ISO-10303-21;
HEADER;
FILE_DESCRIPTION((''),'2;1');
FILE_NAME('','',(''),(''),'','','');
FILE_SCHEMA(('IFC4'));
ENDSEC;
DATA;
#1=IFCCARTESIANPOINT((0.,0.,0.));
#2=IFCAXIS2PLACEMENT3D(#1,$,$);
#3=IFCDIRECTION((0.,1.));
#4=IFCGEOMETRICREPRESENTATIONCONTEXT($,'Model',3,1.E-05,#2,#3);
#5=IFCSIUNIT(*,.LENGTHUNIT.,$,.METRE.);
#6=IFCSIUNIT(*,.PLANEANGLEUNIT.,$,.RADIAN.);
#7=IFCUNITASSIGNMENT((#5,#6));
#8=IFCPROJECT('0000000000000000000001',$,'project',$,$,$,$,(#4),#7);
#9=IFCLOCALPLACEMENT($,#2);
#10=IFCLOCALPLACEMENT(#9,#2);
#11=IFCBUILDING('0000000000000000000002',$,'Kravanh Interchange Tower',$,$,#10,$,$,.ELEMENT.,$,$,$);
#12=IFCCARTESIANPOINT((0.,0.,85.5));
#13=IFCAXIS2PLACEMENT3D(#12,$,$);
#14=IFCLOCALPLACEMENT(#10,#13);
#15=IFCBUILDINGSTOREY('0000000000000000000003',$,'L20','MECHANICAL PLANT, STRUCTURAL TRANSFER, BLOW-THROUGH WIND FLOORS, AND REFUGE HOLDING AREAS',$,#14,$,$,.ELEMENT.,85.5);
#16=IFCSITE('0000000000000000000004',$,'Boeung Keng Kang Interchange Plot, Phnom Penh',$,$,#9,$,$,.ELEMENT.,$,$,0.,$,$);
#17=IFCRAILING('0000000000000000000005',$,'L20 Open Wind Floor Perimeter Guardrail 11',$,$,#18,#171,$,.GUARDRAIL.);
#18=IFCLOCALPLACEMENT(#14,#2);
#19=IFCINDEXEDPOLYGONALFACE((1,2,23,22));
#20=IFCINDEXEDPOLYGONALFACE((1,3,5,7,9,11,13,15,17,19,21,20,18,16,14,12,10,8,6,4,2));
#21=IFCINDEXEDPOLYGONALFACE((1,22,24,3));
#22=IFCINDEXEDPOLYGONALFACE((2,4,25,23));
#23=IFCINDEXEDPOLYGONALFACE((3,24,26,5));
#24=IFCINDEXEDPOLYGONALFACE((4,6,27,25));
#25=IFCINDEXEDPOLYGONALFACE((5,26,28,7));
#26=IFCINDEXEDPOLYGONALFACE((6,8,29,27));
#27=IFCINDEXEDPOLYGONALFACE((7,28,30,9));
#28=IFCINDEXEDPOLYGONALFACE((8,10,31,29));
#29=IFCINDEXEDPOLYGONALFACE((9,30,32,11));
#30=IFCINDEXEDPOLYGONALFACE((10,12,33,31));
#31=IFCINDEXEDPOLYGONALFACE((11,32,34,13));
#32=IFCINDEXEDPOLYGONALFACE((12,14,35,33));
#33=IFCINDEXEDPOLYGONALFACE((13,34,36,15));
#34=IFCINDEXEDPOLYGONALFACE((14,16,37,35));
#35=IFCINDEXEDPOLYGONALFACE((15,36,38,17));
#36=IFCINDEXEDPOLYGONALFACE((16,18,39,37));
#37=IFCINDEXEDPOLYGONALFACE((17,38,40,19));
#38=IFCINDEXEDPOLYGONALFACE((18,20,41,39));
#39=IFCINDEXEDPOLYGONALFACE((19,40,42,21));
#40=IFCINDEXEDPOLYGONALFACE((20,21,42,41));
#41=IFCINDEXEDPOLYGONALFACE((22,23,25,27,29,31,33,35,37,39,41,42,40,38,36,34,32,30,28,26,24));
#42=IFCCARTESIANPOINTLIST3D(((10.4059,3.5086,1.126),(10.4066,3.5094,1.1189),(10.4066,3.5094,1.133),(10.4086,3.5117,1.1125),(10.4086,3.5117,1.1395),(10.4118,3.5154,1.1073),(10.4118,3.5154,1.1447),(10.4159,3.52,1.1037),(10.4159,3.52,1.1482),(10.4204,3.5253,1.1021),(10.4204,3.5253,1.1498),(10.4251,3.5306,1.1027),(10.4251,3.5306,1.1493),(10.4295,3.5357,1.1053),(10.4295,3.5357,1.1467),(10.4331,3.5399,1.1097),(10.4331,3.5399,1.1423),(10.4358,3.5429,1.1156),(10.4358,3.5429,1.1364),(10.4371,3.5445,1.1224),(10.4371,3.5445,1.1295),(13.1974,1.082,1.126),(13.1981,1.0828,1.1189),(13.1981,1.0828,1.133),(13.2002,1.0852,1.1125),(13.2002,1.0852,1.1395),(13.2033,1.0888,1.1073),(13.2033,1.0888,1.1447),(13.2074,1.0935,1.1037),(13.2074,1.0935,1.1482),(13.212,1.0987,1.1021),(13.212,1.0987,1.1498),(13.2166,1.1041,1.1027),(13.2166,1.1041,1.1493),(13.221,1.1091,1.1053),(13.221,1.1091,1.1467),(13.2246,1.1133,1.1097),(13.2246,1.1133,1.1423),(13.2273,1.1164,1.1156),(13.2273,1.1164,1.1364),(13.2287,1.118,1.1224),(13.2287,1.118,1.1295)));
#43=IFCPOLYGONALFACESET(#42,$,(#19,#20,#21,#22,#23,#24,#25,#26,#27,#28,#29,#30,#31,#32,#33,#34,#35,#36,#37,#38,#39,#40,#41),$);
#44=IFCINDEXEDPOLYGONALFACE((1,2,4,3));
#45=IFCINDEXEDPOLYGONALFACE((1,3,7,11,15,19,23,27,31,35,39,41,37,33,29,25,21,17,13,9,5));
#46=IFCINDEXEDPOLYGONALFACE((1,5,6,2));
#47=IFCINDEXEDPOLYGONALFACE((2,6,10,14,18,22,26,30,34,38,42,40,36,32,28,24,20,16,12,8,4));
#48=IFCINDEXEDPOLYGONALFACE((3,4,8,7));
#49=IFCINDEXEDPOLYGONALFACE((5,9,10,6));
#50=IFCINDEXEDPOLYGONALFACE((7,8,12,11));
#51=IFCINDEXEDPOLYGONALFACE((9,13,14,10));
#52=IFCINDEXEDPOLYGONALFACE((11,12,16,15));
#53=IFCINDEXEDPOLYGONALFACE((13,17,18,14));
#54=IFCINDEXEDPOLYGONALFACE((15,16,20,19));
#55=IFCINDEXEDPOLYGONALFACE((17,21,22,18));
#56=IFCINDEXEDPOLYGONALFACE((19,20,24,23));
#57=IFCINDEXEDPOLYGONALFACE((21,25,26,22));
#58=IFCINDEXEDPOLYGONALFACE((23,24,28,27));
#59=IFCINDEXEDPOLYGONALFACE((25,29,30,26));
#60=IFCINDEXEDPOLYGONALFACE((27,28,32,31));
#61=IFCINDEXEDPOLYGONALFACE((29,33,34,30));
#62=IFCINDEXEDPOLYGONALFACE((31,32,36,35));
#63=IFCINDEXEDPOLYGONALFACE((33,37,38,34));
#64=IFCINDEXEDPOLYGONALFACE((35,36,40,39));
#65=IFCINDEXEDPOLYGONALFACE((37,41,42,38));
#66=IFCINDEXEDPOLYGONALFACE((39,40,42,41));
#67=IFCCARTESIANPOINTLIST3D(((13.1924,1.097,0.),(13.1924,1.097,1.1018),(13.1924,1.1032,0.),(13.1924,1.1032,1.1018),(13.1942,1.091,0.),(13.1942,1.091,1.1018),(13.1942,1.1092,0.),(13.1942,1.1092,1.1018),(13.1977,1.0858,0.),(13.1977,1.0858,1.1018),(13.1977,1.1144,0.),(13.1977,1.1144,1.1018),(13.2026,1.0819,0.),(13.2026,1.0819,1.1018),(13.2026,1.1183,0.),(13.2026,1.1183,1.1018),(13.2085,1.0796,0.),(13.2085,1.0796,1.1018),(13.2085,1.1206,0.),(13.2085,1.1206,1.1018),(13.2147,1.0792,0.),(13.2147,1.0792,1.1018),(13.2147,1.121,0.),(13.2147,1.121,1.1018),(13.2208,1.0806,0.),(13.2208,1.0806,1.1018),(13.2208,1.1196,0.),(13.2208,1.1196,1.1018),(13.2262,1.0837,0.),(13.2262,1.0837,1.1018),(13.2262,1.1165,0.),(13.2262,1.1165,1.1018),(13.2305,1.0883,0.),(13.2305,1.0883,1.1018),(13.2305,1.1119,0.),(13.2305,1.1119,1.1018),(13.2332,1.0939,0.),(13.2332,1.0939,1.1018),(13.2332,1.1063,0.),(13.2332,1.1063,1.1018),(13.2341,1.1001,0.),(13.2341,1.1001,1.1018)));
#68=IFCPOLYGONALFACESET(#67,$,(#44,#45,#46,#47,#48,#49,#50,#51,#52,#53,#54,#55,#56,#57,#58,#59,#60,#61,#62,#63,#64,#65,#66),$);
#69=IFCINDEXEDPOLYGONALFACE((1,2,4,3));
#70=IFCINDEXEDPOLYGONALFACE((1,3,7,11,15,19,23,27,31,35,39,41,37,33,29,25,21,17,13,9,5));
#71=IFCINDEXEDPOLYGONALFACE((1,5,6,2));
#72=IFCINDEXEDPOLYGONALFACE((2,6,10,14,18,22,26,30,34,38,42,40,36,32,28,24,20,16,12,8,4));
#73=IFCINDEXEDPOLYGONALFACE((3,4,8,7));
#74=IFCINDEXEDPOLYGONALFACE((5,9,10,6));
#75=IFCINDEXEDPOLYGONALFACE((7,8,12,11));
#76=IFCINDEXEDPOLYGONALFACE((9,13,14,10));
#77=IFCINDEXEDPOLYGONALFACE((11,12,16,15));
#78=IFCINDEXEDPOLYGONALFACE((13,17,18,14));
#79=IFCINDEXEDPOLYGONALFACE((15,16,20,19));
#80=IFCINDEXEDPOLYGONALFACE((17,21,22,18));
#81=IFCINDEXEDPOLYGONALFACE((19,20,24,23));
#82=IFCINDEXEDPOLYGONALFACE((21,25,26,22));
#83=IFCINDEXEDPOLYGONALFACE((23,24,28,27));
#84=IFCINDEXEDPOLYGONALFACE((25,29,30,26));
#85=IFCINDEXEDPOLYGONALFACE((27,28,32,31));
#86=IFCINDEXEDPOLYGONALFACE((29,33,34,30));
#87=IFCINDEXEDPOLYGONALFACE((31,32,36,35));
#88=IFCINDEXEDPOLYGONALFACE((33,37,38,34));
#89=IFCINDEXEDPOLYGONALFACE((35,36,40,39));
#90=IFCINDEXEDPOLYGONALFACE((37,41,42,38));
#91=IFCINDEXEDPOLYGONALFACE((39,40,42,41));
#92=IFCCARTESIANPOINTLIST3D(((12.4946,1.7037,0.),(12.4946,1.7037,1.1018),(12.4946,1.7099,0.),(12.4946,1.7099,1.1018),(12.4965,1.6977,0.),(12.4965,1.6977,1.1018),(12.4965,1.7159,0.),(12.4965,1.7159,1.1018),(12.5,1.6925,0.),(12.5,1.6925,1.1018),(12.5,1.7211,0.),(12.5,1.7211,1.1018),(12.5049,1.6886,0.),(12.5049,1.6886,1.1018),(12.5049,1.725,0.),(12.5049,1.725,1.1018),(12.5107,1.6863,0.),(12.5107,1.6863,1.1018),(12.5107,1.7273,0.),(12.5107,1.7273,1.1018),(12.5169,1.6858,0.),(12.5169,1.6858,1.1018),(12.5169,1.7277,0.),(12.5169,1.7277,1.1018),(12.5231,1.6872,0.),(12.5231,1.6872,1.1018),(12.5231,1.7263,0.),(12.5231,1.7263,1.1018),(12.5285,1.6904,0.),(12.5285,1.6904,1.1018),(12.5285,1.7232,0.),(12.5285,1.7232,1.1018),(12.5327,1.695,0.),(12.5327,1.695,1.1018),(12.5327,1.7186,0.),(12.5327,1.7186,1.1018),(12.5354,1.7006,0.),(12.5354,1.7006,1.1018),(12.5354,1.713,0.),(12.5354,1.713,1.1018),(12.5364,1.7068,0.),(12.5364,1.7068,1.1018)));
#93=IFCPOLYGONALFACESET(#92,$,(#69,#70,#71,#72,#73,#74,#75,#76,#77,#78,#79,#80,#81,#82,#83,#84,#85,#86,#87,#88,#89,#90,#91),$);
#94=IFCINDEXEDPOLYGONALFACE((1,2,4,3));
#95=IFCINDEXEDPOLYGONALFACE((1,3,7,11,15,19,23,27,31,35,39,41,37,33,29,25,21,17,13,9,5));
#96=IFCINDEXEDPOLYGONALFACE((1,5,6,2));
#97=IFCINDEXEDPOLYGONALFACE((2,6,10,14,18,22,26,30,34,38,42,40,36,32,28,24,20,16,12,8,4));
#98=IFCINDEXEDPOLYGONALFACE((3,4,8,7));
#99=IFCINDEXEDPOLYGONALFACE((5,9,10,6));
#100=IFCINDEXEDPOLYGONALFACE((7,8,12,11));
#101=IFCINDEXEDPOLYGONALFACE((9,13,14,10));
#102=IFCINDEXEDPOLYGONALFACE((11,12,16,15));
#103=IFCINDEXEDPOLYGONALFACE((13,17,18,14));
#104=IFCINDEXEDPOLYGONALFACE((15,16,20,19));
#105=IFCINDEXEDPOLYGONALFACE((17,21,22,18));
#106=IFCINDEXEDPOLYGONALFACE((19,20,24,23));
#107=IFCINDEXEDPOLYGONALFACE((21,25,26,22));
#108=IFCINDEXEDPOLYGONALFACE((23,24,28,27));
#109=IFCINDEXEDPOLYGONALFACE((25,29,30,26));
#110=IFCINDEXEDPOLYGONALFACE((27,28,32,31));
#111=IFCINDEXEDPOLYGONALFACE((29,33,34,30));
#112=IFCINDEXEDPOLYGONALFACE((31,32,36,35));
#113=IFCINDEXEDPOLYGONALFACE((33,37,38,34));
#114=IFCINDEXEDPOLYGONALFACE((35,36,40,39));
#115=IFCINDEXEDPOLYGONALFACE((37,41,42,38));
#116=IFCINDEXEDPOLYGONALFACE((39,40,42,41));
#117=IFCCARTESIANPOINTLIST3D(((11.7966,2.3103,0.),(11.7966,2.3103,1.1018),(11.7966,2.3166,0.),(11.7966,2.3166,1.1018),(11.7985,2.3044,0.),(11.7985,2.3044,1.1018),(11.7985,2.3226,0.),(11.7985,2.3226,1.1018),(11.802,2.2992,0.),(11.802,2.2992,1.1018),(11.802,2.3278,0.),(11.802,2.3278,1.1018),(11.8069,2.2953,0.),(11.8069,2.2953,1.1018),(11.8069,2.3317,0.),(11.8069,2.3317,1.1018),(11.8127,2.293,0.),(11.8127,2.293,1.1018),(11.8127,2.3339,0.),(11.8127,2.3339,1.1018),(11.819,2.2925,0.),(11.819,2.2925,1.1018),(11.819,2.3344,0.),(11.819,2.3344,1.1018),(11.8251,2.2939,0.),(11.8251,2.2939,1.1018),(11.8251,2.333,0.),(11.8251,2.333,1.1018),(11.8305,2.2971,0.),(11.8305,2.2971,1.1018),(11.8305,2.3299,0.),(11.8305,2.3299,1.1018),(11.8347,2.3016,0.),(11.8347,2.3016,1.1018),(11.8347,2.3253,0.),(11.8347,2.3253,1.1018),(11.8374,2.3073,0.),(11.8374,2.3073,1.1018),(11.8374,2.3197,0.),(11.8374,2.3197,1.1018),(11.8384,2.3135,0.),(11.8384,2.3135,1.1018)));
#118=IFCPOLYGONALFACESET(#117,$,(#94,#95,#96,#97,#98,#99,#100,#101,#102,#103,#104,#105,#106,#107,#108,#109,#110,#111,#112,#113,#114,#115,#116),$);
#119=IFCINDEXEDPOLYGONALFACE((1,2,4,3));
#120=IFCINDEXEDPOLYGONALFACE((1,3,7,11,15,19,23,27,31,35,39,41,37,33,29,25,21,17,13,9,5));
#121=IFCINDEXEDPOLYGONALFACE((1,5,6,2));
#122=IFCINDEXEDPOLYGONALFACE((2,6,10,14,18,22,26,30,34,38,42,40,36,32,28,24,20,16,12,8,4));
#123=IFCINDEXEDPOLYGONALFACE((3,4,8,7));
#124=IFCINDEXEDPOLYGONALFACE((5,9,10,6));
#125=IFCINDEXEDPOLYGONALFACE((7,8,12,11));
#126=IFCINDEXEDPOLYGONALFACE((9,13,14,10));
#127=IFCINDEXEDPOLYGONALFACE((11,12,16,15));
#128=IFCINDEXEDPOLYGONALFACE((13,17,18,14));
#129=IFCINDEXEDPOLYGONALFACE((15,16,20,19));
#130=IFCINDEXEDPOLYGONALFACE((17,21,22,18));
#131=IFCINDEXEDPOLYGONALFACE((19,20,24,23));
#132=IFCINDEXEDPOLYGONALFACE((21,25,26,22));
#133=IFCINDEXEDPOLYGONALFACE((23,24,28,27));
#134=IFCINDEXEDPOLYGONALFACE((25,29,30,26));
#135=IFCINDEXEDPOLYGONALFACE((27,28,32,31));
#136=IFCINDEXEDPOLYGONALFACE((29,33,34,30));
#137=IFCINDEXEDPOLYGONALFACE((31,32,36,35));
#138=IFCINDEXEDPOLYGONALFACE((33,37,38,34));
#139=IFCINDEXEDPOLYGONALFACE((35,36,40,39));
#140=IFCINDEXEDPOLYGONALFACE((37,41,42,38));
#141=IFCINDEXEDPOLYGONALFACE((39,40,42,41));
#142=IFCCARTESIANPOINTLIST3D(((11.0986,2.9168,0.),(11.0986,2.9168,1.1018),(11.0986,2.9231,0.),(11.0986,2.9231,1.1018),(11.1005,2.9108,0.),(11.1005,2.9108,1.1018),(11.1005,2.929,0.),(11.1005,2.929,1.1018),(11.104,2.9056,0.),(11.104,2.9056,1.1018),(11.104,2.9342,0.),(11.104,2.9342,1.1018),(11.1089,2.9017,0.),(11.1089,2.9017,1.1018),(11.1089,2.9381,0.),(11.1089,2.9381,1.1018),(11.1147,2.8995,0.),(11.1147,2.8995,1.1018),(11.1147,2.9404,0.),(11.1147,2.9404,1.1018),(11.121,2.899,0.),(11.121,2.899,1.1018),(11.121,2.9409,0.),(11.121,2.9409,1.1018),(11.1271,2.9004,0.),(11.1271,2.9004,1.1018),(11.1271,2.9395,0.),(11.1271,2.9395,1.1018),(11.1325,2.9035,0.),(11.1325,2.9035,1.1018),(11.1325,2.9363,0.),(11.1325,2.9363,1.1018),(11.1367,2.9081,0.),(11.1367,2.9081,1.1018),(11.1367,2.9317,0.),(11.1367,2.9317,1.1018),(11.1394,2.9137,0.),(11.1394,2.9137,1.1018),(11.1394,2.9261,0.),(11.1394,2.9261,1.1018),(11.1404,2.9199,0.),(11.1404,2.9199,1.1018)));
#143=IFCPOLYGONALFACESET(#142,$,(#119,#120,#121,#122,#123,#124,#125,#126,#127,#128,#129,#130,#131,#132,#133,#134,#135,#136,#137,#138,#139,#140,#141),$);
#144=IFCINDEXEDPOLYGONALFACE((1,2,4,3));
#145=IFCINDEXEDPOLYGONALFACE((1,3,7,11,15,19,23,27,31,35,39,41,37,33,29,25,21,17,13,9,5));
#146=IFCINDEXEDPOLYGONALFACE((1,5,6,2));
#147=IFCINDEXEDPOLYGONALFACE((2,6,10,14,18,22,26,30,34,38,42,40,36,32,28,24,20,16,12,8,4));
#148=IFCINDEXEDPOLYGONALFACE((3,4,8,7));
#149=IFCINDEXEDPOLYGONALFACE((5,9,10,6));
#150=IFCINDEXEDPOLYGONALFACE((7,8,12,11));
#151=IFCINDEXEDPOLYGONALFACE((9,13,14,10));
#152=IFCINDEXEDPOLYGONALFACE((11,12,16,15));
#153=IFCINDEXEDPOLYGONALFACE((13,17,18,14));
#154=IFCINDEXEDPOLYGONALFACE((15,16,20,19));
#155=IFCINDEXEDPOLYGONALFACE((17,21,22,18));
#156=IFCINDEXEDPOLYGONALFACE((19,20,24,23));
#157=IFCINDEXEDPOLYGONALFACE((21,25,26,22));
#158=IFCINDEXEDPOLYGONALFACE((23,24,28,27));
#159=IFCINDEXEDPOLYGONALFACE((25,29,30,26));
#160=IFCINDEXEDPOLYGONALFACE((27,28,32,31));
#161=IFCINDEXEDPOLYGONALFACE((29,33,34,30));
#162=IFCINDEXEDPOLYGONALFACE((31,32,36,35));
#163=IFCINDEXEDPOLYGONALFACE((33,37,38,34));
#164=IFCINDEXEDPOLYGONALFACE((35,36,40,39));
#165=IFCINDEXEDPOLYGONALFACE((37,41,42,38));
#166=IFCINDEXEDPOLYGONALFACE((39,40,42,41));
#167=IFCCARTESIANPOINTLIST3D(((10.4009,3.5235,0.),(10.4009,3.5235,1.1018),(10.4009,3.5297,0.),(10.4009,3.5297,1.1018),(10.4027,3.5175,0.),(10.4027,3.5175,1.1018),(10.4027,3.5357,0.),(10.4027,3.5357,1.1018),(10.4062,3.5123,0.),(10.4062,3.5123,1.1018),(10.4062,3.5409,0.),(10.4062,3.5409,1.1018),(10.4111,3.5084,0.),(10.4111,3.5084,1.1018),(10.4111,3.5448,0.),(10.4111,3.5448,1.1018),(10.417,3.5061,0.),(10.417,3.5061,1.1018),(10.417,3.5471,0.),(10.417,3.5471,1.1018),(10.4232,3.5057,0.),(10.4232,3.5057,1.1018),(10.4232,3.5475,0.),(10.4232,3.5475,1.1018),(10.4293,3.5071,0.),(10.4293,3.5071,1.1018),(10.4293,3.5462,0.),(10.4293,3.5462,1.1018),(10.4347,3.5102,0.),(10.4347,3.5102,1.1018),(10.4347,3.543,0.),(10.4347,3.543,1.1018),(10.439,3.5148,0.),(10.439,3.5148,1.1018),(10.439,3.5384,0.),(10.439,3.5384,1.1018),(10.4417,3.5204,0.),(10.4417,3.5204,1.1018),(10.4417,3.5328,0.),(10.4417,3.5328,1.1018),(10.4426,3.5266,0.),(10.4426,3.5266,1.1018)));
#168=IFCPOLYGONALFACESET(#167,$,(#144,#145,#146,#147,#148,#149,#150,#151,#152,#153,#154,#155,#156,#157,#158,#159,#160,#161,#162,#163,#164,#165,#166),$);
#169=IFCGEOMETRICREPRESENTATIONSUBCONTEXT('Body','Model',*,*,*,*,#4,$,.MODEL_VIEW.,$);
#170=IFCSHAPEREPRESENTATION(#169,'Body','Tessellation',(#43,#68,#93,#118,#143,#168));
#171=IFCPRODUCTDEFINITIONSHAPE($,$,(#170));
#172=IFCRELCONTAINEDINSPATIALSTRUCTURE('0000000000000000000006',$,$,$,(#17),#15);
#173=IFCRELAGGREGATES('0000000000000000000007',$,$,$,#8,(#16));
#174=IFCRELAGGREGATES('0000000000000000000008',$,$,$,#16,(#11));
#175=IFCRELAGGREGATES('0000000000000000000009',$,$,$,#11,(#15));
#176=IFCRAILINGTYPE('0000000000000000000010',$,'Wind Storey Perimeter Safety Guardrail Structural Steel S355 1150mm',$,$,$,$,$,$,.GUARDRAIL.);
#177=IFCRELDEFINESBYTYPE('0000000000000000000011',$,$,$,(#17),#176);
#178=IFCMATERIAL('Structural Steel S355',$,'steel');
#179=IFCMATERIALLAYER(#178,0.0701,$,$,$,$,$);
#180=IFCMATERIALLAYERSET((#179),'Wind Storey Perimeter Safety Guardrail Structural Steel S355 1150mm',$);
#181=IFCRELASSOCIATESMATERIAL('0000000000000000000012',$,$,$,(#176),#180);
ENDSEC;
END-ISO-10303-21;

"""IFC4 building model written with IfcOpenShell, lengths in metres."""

from ifc_helpers import new_model, si_unit, direction, frame, origin, origin_2d, place, context, subcontext, project, spatial, circle, extrude, material, layer, layer_set, type_object, element, save


model = new_model("IFC4")

# Units and contexts
model_context = context("Model", 3, precision=1e-05, world=origin(), true_north=direction((0.0, 1.0)))
body_context = subcontext(model_context, "Body", "Model", "MODEL_VIEW")
ifc_project = project(units=[si_unit("LENGTHUNIT", "METRE"), si_unit("PLANEANGLEUNIT", "RADIAN")], contexts=[model_context])

# Site, building, storey
site_placement = place(None, origin())
site = spatial("IfcSite", under=ifc_project, at=site_placement, Name="Boeung Keng Kang Interchange Plot, Phnom Penh", CompositionType="ELEMENT", RefElevation=0.0)
building_placement = place(site_placement, origin())
building = spatial("IfcBuilding", under=site, at=building_placement, Name="Kravanh Interchange Tower", CompositionType="ELEMENT")
storey_placement = place(building_placement, frame((0.0, 0.0, 85.5)))
storey = spatial("IfcBuildingStorey", under=building, at=storey_placement, Name="L20", Description="MECHANICAL PLANT, STRUCTURAL TRANSFER, BLOW-THROUGH WIND FLOORS, AND REFUGE HOLDING AREAS", CompositionType="ELEMENT", Elevation=85.5)

# Railing
ifc_material_1 = material(Name="Structural Steel S355", Category="steel")
ifc_layer_1 = layer(ifc_material_1, 0.0701)
ifc_layer_set_1 = layer_set([ifc_layer_1], Name="Wind Storey Perimeter Safety Guardrail Structural Steel S355 1150mm")
railing_type = type_object("IfcRailingType", Name="Wind Storey Perimeter Safety Guardrail Structural Steel S355 1150mm", PredefinedType="GUARDRAIL", material=ifc_layer_set_1)
railing_1_placement = place(storey_placement, frame((13.2131, 1.1001, 0.0)))
element("IfcRailing", 1, at=railing_1_placement, inside=storey, type_object=railing_type, Name="L20 Open Wind Floor Perimeter Guardrail 11", PredefinedType="GUARDRAIL", context=body_context, shape_type="SweptSolid", body=[
    extrude(circle(Radius=0.0239, at=origin_2d()), frame((0.0, 0.0, 1.126), z_axis=(-0.754723, 0.656043, 0.0), x_axis=(-0.656043, -0.754723, 0.0)), (0.0, 0.0, 1.0), 3.6987),
    extrude(circle(Radius=0.021, at=origin_2d()), origin(), (0.0, 0.0, 1.0), 1.1018),
    extrude(circle(Radius=0.021, at=origin_2d()), frame((-0.6978, 0.6067, 0.0)), (0.0, 0.0, 1.0), 1.1018),
    extrude(circle(Radius=0.021, at=origin_2d()), frame((-1.3958, 1.2134, 0.0)), (0.0, 0.0, 1.0), 1.1018),
    extrude(circle(Radius=0.021, at=origin_2d()), frame((-2.0938, 1.8198, 0.0)), (0.0, 0.0, 1.0), 1.1018),
    extrude(circle(Radius=0.021, at=origin_2d()), frame((-2.7915, 2.4265, 0.0)), (0.0, 0.0, 1.0), 1.1018),
])

save(model, "model.ifc")
